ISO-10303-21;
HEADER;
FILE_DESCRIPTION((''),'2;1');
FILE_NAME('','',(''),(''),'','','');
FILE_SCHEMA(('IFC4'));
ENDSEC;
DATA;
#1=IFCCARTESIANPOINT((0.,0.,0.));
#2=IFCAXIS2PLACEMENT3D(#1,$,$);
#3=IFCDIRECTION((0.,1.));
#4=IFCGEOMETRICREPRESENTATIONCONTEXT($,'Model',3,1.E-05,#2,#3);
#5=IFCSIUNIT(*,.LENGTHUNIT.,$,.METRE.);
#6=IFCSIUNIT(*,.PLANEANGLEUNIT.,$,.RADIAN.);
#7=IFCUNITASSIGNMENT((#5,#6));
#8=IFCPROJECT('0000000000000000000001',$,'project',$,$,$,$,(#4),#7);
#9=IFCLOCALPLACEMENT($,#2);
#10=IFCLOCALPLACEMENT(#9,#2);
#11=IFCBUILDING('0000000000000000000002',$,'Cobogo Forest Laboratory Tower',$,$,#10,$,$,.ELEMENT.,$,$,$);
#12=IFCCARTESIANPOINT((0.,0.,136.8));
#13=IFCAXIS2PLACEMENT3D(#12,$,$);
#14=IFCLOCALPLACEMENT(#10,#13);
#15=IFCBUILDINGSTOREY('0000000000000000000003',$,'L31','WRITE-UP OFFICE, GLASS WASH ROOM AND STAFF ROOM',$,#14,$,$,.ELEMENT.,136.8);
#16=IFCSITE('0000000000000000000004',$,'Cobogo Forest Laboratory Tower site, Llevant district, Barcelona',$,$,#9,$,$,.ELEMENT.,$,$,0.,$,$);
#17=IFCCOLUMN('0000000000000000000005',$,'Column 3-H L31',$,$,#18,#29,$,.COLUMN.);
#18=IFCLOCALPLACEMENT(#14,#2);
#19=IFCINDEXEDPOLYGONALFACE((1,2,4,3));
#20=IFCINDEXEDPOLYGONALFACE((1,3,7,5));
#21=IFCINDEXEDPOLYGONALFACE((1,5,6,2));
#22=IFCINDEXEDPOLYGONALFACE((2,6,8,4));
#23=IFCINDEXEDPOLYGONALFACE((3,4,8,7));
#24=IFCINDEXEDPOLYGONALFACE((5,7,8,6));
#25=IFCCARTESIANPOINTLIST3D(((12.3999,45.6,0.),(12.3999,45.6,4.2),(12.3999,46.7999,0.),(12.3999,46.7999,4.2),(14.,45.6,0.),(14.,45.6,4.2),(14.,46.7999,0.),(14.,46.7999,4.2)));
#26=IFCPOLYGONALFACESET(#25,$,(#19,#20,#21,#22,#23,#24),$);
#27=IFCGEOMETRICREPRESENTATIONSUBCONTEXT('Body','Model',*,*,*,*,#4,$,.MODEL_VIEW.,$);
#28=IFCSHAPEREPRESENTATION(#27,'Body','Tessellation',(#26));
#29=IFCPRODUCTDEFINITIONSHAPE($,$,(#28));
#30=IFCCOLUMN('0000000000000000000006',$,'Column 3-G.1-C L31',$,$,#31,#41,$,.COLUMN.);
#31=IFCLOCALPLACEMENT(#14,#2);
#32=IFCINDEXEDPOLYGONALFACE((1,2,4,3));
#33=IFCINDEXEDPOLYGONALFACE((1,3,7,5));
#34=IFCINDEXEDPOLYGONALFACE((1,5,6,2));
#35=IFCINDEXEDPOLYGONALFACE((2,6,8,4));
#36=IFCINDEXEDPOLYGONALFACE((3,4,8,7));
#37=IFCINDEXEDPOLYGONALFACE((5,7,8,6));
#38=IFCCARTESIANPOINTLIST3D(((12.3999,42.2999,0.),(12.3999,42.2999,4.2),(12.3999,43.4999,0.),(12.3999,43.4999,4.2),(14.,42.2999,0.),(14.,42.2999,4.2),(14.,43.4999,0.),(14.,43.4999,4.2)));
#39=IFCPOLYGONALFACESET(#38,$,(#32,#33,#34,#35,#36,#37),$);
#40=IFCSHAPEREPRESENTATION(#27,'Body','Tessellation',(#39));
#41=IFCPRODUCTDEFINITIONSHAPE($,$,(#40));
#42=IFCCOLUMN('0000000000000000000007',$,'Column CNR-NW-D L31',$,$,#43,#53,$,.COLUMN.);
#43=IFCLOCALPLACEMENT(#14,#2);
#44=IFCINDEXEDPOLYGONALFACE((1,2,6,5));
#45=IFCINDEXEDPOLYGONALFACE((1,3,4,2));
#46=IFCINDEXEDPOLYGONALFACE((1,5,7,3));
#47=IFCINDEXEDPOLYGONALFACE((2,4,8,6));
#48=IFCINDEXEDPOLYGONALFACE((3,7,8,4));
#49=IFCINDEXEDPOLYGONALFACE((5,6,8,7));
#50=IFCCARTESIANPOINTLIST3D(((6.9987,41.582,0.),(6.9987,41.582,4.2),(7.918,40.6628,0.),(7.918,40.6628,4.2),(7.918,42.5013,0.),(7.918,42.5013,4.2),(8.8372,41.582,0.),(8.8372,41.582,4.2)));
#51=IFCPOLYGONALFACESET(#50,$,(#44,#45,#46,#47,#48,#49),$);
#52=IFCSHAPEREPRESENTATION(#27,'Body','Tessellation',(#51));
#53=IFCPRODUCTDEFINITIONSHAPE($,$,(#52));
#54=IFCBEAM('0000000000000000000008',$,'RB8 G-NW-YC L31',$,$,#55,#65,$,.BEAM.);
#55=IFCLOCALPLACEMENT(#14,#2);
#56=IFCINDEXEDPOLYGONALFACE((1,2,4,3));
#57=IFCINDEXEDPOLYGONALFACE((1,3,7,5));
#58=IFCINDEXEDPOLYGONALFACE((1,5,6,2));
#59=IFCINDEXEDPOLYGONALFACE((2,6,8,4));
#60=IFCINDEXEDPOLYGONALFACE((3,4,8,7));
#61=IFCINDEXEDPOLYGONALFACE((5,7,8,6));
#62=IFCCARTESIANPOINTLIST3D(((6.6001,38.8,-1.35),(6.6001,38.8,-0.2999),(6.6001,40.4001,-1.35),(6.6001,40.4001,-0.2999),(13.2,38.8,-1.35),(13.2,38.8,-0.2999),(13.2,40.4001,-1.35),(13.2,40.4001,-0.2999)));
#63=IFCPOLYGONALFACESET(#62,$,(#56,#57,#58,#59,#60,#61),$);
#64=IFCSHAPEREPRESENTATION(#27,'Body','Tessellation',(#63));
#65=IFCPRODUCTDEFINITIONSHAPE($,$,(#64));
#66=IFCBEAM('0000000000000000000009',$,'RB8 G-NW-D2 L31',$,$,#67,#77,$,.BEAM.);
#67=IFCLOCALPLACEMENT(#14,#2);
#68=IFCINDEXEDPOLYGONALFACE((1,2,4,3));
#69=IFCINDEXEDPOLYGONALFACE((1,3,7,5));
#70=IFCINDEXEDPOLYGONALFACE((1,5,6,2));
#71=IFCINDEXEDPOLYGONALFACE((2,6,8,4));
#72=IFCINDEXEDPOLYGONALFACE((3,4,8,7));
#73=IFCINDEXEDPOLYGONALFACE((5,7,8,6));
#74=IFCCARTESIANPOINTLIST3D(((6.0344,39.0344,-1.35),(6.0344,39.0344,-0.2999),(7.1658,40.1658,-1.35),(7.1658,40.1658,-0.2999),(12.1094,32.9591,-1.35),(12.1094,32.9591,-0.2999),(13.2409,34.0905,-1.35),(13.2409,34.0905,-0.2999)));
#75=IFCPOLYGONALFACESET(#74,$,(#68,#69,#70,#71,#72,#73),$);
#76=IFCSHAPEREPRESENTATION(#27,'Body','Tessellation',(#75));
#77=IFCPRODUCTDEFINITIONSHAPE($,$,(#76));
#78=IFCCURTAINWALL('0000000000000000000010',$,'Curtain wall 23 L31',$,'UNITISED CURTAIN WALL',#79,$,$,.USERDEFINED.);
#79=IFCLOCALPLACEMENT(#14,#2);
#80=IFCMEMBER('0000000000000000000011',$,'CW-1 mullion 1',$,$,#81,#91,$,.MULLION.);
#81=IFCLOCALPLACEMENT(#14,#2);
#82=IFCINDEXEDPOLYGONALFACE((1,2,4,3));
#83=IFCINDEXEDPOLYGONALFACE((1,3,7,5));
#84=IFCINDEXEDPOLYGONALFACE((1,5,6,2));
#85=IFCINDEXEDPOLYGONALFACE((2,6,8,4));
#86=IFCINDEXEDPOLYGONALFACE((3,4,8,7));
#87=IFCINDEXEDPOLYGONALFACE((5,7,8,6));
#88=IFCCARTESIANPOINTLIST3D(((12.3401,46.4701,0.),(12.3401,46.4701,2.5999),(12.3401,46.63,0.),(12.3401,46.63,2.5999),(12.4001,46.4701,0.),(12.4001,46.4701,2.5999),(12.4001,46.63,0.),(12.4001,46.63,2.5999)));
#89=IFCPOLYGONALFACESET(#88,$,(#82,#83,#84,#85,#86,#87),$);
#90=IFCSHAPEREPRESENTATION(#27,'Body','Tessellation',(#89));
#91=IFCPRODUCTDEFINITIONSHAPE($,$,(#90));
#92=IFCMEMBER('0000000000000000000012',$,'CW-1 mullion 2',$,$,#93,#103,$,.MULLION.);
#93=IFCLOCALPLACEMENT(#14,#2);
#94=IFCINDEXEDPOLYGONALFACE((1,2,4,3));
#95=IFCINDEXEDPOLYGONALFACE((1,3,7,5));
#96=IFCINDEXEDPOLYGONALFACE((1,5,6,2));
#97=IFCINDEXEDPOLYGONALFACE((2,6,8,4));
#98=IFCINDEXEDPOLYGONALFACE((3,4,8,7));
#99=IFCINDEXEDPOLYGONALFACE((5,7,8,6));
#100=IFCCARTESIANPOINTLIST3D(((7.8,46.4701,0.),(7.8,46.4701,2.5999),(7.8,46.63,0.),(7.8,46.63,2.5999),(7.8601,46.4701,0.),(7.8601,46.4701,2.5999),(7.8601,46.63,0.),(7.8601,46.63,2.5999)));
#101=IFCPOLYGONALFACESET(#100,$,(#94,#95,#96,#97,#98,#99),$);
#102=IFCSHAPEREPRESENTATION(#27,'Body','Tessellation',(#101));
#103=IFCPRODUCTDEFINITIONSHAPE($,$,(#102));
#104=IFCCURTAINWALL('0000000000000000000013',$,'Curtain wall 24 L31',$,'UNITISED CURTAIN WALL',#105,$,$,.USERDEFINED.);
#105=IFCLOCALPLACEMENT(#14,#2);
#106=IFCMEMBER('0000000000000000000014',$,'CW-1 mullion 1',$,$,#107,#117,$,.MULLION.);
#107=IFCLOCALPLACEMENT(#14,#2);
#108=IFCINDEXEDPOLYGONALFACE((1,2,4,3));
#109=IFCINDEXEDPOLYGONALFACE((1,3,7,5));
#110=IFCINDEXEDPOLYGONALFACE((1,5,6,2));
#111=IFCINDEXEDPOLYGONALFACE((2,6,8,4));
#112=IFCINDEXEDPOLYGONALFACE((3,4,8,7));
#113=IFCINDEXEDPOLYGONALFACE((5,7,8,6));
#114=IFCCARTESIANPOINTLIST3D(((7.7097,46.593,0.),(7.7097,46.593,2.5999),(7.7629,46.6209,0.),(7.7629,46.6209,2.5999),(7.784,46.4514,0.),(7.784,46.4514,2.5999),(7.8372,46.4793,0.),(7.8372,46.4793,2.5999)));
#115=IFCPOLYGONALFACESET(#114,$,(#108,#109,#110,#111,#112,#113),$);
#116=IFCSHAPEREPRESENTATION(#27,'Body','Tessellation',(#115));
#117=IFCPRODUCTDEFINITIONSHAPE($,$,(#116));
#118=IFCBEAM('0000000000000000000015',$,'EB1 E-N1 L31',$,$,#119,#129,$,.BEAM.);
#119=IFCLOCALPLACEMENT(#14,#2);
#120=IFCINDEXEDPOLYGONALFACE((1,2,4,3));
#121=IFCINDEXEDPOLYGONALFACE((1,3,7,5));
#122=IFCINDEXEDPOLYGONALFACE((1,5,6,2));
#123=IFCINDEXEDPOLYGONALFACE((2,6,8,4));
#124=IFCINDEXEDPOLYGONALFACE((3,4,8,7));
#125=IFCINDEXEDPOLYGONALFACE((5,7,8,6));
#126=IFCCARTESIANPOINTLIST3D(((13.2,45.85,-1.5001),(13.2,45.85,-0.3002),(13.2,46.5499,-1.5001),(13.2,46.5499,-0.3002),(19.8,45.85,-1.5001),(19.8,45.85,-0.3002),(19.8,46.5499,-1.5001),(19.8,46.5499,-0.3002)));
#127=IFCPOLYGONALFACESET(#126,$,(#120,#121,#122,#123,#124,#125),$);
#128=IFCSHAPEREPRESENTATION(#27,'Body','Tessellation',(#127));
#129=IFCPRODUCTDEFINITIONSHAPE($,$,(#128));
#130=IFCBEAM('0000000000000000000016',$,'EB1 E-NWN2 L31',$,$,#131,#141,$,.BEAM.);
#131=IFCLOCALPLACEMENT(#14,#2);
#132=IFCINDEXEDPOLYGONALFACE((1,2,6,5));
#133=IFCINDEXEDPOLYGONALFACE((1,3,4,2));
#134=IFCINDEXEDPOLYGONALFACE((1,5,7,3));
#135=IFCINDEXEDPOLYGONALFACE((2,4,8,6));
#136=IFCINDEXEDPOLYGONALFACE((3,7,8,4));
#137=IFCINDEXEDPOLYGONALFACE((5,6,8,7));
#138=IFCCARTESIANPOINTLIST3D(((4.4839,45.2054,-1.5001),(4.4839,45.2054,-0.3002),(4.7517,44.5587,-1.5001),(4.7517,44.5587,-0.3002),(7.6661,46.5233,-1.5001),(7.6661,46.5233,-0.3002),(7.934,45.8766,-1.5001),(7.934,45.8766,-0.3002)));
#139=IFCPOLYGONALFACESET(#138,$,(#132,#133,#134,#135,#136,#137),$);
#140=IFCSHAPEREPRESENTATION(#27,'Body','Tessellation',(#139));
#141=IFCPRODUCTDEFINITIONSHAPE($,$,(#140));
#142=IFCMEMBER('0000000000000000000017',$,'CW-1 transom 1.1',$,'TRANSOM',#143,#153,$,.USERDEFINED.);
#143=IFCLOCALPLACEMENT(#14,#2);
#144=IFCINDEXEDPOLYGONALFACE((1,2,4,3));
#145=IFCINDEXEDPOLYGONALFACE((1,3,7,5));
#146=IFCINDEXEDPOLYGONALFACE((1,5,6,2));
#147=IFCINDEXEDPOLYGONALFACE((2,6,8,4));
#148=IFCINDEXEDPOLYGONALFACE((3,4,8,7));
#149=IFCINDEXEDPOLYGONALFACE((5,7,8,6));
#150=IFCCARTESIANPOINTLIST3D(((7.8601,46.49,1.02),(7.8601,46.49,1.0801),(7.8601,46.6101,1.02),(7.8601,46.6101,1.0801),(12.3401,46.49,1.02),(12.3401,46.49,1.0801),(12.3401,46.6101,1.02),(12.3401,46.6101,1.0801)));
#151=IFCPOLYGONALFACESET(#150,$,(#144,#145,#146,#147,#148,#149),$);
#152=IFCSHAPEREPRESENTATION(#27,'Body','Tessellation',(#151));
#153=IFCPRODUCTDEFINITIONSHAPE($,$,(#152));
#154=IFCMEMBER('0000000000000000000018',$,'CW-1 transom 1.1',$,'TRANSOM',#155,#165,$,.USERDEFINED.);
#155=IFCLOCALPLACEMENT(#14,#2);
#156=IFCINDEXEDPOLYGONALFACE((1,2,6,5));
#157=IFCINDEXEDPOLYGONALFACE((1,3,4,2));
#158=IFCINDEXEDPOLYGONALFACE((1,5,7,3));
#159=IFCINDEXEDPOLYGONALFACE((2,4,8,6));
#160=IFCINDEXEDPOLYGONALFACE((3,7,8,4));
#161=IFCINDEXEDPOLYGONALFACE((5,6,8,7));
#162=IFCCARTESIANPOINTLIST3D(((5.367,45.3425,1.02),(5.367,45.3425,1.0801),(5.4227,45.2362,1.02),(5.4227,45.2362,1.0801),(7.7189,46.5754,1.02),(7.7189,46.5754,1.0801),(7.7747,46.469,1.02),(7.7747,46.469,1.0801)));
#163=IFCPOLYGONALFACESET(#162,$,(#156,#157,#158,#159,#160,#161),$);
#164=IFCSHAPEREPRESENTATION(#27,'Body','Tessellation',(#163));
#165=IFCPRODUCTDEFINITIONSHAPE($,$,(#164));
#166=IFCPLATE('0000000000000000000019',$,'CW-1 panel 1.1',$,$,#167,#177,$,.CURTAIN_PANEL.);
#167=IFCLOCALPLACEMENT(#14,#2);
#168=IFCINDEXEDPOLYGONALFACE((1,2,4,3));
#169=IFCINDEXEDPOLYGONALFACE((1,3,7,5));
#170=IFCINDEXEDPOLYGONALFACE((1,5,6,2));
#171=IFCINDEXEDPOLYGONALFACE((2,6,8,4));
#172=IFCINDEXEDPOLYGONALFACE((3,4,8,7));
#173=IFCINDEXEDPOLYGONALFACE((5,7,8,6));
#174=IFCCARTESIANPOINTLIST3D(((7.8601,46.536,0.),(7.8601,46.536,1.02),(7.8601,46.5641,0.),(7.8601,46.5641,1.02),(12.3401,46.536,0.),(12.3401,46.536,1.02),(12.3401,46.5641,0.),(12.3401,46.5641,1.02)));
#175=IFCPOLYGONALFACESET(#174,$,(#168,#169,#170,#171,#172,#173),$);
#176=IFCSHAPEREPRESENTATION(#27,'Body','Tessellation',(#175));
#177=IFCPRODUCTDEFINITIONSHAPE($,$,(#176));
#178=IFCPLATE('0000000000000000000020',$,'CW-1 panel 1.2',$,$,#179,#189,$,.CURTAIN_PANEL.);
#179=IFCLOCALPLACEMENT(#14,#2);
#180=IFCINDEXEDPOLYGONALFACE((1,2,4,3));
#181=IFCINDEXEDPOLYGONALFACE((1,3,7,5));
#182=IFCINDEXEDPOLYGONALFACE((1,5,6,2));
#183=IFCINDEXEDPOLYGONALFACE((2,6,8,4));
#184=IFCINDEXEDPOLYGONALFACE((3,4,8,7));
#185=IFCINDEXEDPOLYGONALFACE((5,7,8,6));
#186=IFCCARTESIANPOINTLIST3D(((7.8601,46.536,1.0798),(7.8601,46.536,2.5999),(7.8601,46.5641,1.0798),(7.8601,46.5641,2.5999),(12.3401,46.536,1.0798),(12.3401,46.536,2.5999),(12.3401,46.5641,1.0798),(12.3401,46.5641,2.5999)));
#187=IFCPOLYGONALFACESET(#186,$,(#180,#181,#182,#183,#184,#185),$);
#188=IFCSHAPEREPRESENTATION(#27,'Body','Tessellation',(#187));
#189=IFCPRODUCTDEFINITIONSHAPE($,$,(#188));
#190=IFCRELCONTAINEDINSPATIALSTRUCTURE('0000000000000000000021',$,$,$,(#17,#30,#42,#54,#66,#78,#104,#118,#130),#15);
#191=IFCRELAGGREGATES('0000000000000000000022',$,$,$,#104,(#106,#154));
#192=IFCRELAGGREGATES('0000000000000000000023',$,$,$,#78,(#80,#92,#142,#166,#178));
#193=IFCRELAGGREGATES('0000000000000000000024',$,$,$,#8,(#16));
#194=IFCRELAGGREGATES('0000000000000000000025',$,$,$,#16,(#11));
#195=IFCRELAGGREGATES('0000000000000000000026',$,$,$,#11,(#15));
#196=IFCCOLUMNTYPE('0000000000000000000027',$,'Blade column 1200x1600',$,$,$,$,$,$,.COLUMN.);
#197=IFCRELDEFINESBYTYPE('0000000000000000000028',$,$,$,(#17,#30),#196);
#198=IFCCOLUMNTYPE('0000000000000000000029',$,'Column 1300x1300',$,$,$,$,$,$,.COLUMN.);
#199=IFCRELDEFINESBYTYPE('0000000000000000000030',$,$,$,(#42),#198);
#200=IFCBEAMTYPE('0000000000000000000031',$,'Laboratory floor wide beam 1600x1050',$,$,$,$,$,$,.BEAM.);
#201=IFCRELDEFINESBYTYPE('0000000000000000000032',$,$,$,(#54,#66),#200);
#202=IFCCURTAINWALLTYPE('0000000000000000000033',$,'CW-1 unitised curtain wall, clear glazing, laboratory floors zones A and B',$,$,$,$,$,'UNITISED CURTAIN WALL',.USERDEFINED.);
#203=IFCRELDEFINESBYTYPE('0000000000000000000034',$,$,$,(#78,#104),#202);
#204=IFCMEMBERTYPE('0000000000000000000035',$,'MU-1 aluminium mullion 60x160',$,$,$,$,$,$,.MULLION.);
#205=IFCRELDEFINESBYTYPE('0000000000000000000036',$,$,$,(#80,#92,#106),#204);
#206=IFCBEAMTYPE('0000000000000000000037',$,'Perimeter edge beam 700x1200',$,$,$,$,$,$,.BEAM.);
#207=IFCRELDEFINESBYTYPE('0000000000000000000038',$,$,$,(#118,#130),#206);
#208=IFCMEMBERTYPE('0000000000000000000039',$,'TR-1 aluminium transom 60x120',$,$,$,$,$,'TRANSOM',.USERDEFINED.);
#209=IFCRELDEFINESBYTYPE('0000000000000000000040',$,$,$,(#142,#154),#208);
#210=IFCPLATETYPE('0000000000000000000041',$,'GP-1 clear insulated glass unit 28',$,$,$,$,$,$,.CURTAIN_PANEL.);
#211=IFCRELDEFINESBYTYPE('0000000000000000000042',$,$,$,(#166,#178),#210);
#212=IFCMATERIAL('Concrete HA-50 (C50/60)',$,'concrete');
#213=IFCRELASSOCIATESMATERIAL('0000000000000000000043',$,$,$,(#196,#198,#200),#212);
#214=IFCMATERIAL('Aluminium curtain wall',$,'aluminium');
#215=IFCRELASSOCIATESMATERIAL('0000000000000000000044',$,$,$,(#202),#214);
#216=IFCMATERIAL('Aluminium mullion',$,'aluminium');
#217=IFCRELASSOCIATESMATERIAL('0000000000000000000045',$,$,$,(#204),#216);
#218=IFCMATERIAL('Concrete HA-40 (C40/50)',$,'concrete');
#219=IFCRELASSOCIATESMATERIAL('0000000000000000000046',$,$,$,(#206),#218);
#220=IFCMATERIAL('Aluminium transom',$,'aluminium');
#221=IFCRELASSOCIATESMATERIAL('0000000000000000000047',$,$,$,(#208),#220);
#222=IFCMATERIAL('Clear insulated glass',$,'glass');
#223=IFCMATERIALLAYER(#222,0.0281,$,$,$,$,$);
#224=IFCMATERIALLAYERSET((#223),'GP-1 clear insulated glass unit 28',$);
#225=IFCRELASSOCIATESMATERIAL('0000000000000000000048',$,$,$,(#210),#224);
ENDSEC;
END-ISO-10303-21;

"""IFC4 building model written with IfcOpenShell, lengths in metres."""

from ifc_helpers import new_model, si_unit, direction, frame, origin, origin_2d, place, context, subcontext, project, spatial, rectangle, extrude, material, layer, layer_set, material_profile, profile_set, type_object, element, aggregate, save


model = new_model("IFC4")

# Units and contexts
model_context = context("Model", 3, precision=1e-05, world=origin(), true_north=direction((0.0, 1.0)))
body_context = subcontext(model_context, "Body", "Model", "MODEL_VIEW")
ifc_project = project(units=[si_unit("LENGTHUNIT", "METRE"), si_unit("PLANEANGLEUNIT", "RADIAN")], contexts=[model_context])

# Site, building, storey
site_placement = place(None, origin())
site = spatial("IfcSite", under=ifc_project, at=site_placement, Name="Cobogo Forest Laboratory Tower site, Llevant district, Barcelona", CompositionType="ELEMENT", RefElevation=0.0)
building_placement = place(site_placement, origin())
building = spatial("IfcBuilding", under=site, at=building_placement, Name="Cobogo Forest Laboratory Tower", CompositionType="ELEMENT")
storey_placement = place(building_placement, frame((0.0, 0.0, 136.8)))
storey = spatial("IfcBuildingStorey", under=building, at=storey_placement, Name="L31", Description="WRITE-UP OFFICE, GLASS WASH ROOM AND STAFF ROOM", CompositionType="ELEMENT", Elevation=136.8)

# Columns
ifc_material_1 = material(Name="Concrete HA-50 (C50/60)", Category="concrete")
ifc_material_profile_1 = material_profile(ifc_material_1, rectangle(XDim=1.6001, YDim=1.2, at=origin_2d()), Name="RC 1200x1600")
ifc_profile_set_1 = profile_set([ifc_material_profile_1], Name="Concrete HA-50 (C50/60)")
column_type_1 = type_object("IfcColumnType", Name="Blade column 1200x1600", PredefinedType="COLUMN", material=ifc_profile_set_1)
for number, where, z_axis, x_axis, name in (
    (1, (13.2, 46.2, 0.0), (0.0, 0.0, 1.0), (1.0, 0.0, 0.0), "Column 3-H L31"),
    (2, (13.2, 42.8999, 0.0), (0.0, 0.0, 1.0), (1.0, 0.0, 0.0), "Column 3-G.1-C L31"),
):
    element("IfcColumn", number, at=place(storey_placement, frame(where, z_axis=z_axis, x_axis=x_axis)), inside=storey, type_object=column_type_1, Name=name, PredefinedType="COLUMN", context=body_context, shape_type="SweptSolid", body=[
        extrude(rectangle(XDim=1.6001, YDim=1.2, at=origin_2d()), origin(), (0.0, 0.0, 1.0), 4.2),
    ])
ifc_material_profile_2 = material_profile(ifc_material_1, rectangle(XDim=1.3, YDim=1.3, at=origin_2d()), Name="RC 1300x1300")
ifc_profile_set_2 = profile_set([ifc_material_profile_2], Name="Concrete HA-50 (C50/60)")
column_type_2 = type_object("IfcColumnType", Name="Column 1300x1300", PredefinedType="COLUMN", material=ifc_profile_set_2)
column_placement = place(storey_placement, frame((7.918, 41.582, 0.0), z_axis=(0.0, 0.0, 1.0), x_axis=(0.707107, 0.707107, 0.0)))
element("IfcColumn", 3, at=column_placement, inside=storey, type_object=column_type_2, Name="Column CNR-NW-D L31", PredefinedType="COLUMN", context=body_context, shape_type="SweptSolid", body=[
    extrude(rectangle(XDim=1.3, YDim=1.3, at=origin_2d()), origin(), (0.0, 0.0, 1.0), 4.2),
])

# Beams
ifc_material_profile_3 = material_profile(ifc_material_1, rectangle(XDim=1.6001, YDim=1.05, at=origin_2d()), Name="RC 1600x1050")
ifc_profile_set_3 = profile_set([ifc_material_profile_3], Name="Concrete HA-50 (C50/60)")
beam_type_1 = type_object("IfcBeamType", Name="Laboratory floor wide beam 1600x1050", PredefinedType="BEAM", material=ifc_profile_set_3)
beam_1_placement = place(storey_placement, frame((6.6001, 39.6001, -0.825), z_axis=(1.0, 0.0, 0.0), x_axis=(0.0, 1.0, 0.0)))
element("IfcBeam", 4, at=beam_1_placement, inside=storey, type_object=beam_type_1, Name="RB8 G-NW-YC L31", PredefinedType="BEAM", context=body_context, shape_type="SweptSolid", body=[
    extrude(rectangle(XDim=1.6001, YDim=1.05, at=origin_2d()), origin(), (0.0, 0.0, 1.0), 6.5999),
])
beam_2_placement = place(storey_placement, frame((6.6001, 39.6001, -0.825), z_axis=(0.707093, -0.707121, 0.0), x_axis=(0.707121, 0.707093, 0.0)))
element("IfcBeam", 5, at=beam_2_placement, inside=storey, type_object=beam_type_1, Name="RB8 G-NW-D2 L31", PredefinedType="BEAM", context=body_context, shape_type="SweptSolid", body=[
    extrude(rectangle(XDim=1.6001, YDim=1.05, at=origin_2d()), origin(), (0.0, 0.0, 1.0), 8.5916),
])

# Curtain wall, members
ifc_material_2 = material(Name="Aluminium curtain wall", Category="aluminium")
curtain_wall_type = type_object("IfcCurtainWallType", Name="CW-1 unitised curtain wall, clear glazing, laboratory floors zones A and B", ElementType="UNITISED CURTAIN WALL", PredefinedType="USERDEFINED", material=ifc_material_2)
curtain_wall_1_placement = place(storey_placement, origin())
curtain_wall_1 = element("IfcCurtainWall", 6, at=curtain_wall_1_placement, inside=storey, type_object=curtain_wall_type, Name="Curtain wall 23 L31", ObjectType="UNITISED CURTAIN WALL", PredefinedType="USERDEFINED")
ifc_material_3 = material(Name="Aluminium mullion", Category="aluminium")
ifc_material_profile_4 = material_profile(ifc_material_3, rectangle(XDim=0.0601, YDim=0.1599, at=origin_2d()), Name="AL 60x160")
ifc_profile_set_4 = profile_set([ifc_material_profile_4], Name="Aluminium mullion")
member_type_1 = type_object("IfcMemberType", Name="MU-1 aluminium mullion 60x160", PredefinedType="MULLION", material=ifc_profile_set_4)
member_1_placement = place(storey_placement, frame((12.3701, 46.55, 0.0), z_axis=(0.0, 0.0, 1.0), x_axis=(-1.0, 0.0, 0.0)))
member_1 = element("IfcMember", 7, at=member_1_placement, type_object=member_type_1, Name="CW-1 mullion 1", PredefinedType="MULLION", context=body_context, shape_type="SweptSolid", body=[
    extrude(rectangle(XDim=0.0601, YDim=0.1599, at=origin_2d()), origin(), (0.0, 0.0, 1.0), 2.5999),
])
member_2_placement = place(storey_placement, frame((7.8301, 46.55, 0.0), z_axis=(0.0, 0.0, 1.0), x_axis=(-1.0, 0.0, 0.0)))
member_2 = element("IfcMember", 8, at=member_2_placement, type_object=member_type_1, Name="CW-1 mullion 2", PredefinedType="MULLION", context=body_context, shape_type="SweptSolid", body=[
    extrude(rectangle(XDim=0.0601, YDim=0.1599, at=origin_2d()), origin(), (0.0, 0.0, 1.0), 2.5999),
])

# Curtain wall, member
curtain_wall_2_placement = place(storey_placement, origin())
curtain_wall_2 = element("IfcCurtainWall", 9, at=curtain_wall_2_placement, inside=storey, type_object=curtain_wall_type, Name="Curtain wall 24 L31", ObjectType="UNITISED CURTAIN WALL", PredefinedType="USERDEFINED")
member_3_placement = place(storey_placement, frame((7.7734, 46.5361, 0.0), z_axis=(0.0, 0.0, 1.0), x_axis=(-0.885687, -0.464284, 0.0)))
member_3 = element("IfcMember", 10, at=member_3_placement, type_object=member_type_1, Name="CW-1 mullion 1", PredefinedType="MULLION", context=body_context, shape_type="SweptSolid", body=[
    extrude(rectangle(XDim=0.0601, YDim=0.1599, at=origin_2d()), origin(), (0.0, 0.0, 1.0), 2.5999),
])

# Beams
ifc_material_4 = material(Name="Concrete HA-40 (C40/50)", Category="concrete")
ifc_material_profile_5 = material_profile(ifc_material_4, rectangle(XDim=0.7, YDim=1.2, at=origin_2d()), Name="RC 700x1200")
ifc_profile_set_5 = profile_set([ifc_material_profile_5], Name="Concrete HA-40 (C40/50)")
beam_type_2 = type_object("IfcBeamType", Name="Perimeter edge beam 700x1200", PredefinedType="BEAM", material=ifc_profile_set_5)
beam_3_placement = place(storey_placement, frame((13.2, 46.2, -0.9001), z_axis=(1.0, 0.0, 0.0), x_axis=(0.0, 1.0, 0.0)))
element("IfcBeam", 11, at=beam_3_placement, inside=storey, type_object=beam_type_2, Name="EB1 E-N1 L31", PredefinedType="BEAM", context=body_context, shape_type="SweptSolid", body=[
    extrude(rectangle(XDim=0.7, YDim=1.2, at=origin_2d()), origin(), (0.0, 0.0, 1.0), 6.6001),
])
beam_4_placement = place(storey_placement, frame((7.8, 46.2, -0.9001), z_axis=(-0.923901, -0.382631, 0.0), x_axis=(0.382631, -0.923901, 0.0)))
element("IfcBeam", 12, at=beam_4_placement, inside=storey, type_object=beam_type_2, Name="EB1 E-NWN2 L31", PredefinedType="BEAM", context=body_context, shape_type="SweptSolid", body=[
    extrude(rectangle(XDim=0.7, YDim=1.2, at=origin_2d()), origin(), (0.0, 0.0, 1.0), 3.4443),
])

# Members
ifc_material_5 = material(Name="Aluminium transom", Category="aluminium")
ifc_material_profile_6 = material_profile(ifc_material_5, rectangle(XDim=0.1201, YDim=0.0601, at=origin_2d()), Name="AL 60x120")
ifc_profile_set_6 = profile_set([ifc_material_profile_6], Name="Aluminium transom")
member_type_2 = type_object("IfcMemberType", Name="TR-1 aluminium transom 60x120", ElementType="TRANSOM", PredefinedType="USERDEFINED", material=ifc_profile_set_6)
member_4_placement = place(storey_placement, frame((12.3401, 46.55, 1.05), z_axis=(-1.0, 0.0, 0.0), x_axis=(0.0, -1.0, 0.0)))
member_4 = element("IfcMember", 13, at=member_4_placement, type_object=member_type_2, Name="CW-1 transom 1.1", ObjectType="TRANSOM", PredefinedType="USERDEFINED", context=body_context, shape_type="SweptSolid", body=[
    extrude(rectangle(XDim=0.1201, YDim=0.0601, at=origin_2d()), origin(), (0.0, 0.0, 1.0), 4.48),
])
member_5_placement = place(storey_placement, frame((7.7468, 46.5222, 1.05), z_axis=(-0.885695, -0.464268, 0.0), x_axis=(0.464268, -0.885695, 0.0)))
member_5 = element("IfcMember", 14, at=member_5_placement, type_object=member_type_2, Name="CW-1 transom 1.1", ObjectType="TRANSOM", PredefinedType="USERDEFINED", context=body_context, shape_type="SweptSolid", body=[
    extrude(rectangle(XDim=0.1201, YDim=0.0601, at=origin_2d()), origin(), (0.0, 0.0, 1.0), 2.6555),
])
aggregate(curtain_wall_2, [member_3, member_5])

# Plates
ifc_material_6 = material(Name="Clear insulated glass", Category="glass")
ifc_layer_1 = layer(ifc_material_6, 0.0281)
ifc_layer_set_1 = layer_set([ifc_layer_1], Name="GP-1 clear insulated glass unit 28")
plate_type = type_object("IfcPlateType", Name="GP-1 clear insulated glass unit 28", PredefinedType="CURTAIN_PANEL", material=ifc_layer_set_1)
plate_1_placement = place(storey_placement, frame((10.1001, 46.55, 0.0), z_axis=(0.0, 0.0, 1.0), x_axis=(-1.0, 0.0, 0.0)))
plate_1 = element("IfcPlate", 15, at=plate_1_placement, type_object=plate_type, Name="CW-1 panel 1.1", PredefinedType="CURTAIN_PANEL", context=body_context, shape_type="SweptSolid", body=[
    extrude(rectangle(XDim=4.48, YDim=0.0281, at=origin_2d()), origin(), (0.0, 0.0, 1.0), 1.02),
])
plate_2_placement = place(storey_placement, frame((10.1001, 46.55, 1.0798), z_axis=(0.0, 0.0, 1.0), x_axis=(-1.0, 0.0, 0.0)))
plate_2 = element("IfcPlate", 16, at=plate_2_placement, type_object=plate_type, Name="CW-1 panel 1.2", PredefinedType="CURTAIN_PANEL", context=body_context, shape_type="SweptSolid", body=[
    extrude(rectangle(XDim=4.48, YDim=0.0281, at=origin_2d()), origin(), (0.0, 0.0, 1.0), 1.52),
])
aggregate(curtain_wall_1, [member_1, member_2, member_4, plate_1, plate_2])

save(model, "model.ifc")
